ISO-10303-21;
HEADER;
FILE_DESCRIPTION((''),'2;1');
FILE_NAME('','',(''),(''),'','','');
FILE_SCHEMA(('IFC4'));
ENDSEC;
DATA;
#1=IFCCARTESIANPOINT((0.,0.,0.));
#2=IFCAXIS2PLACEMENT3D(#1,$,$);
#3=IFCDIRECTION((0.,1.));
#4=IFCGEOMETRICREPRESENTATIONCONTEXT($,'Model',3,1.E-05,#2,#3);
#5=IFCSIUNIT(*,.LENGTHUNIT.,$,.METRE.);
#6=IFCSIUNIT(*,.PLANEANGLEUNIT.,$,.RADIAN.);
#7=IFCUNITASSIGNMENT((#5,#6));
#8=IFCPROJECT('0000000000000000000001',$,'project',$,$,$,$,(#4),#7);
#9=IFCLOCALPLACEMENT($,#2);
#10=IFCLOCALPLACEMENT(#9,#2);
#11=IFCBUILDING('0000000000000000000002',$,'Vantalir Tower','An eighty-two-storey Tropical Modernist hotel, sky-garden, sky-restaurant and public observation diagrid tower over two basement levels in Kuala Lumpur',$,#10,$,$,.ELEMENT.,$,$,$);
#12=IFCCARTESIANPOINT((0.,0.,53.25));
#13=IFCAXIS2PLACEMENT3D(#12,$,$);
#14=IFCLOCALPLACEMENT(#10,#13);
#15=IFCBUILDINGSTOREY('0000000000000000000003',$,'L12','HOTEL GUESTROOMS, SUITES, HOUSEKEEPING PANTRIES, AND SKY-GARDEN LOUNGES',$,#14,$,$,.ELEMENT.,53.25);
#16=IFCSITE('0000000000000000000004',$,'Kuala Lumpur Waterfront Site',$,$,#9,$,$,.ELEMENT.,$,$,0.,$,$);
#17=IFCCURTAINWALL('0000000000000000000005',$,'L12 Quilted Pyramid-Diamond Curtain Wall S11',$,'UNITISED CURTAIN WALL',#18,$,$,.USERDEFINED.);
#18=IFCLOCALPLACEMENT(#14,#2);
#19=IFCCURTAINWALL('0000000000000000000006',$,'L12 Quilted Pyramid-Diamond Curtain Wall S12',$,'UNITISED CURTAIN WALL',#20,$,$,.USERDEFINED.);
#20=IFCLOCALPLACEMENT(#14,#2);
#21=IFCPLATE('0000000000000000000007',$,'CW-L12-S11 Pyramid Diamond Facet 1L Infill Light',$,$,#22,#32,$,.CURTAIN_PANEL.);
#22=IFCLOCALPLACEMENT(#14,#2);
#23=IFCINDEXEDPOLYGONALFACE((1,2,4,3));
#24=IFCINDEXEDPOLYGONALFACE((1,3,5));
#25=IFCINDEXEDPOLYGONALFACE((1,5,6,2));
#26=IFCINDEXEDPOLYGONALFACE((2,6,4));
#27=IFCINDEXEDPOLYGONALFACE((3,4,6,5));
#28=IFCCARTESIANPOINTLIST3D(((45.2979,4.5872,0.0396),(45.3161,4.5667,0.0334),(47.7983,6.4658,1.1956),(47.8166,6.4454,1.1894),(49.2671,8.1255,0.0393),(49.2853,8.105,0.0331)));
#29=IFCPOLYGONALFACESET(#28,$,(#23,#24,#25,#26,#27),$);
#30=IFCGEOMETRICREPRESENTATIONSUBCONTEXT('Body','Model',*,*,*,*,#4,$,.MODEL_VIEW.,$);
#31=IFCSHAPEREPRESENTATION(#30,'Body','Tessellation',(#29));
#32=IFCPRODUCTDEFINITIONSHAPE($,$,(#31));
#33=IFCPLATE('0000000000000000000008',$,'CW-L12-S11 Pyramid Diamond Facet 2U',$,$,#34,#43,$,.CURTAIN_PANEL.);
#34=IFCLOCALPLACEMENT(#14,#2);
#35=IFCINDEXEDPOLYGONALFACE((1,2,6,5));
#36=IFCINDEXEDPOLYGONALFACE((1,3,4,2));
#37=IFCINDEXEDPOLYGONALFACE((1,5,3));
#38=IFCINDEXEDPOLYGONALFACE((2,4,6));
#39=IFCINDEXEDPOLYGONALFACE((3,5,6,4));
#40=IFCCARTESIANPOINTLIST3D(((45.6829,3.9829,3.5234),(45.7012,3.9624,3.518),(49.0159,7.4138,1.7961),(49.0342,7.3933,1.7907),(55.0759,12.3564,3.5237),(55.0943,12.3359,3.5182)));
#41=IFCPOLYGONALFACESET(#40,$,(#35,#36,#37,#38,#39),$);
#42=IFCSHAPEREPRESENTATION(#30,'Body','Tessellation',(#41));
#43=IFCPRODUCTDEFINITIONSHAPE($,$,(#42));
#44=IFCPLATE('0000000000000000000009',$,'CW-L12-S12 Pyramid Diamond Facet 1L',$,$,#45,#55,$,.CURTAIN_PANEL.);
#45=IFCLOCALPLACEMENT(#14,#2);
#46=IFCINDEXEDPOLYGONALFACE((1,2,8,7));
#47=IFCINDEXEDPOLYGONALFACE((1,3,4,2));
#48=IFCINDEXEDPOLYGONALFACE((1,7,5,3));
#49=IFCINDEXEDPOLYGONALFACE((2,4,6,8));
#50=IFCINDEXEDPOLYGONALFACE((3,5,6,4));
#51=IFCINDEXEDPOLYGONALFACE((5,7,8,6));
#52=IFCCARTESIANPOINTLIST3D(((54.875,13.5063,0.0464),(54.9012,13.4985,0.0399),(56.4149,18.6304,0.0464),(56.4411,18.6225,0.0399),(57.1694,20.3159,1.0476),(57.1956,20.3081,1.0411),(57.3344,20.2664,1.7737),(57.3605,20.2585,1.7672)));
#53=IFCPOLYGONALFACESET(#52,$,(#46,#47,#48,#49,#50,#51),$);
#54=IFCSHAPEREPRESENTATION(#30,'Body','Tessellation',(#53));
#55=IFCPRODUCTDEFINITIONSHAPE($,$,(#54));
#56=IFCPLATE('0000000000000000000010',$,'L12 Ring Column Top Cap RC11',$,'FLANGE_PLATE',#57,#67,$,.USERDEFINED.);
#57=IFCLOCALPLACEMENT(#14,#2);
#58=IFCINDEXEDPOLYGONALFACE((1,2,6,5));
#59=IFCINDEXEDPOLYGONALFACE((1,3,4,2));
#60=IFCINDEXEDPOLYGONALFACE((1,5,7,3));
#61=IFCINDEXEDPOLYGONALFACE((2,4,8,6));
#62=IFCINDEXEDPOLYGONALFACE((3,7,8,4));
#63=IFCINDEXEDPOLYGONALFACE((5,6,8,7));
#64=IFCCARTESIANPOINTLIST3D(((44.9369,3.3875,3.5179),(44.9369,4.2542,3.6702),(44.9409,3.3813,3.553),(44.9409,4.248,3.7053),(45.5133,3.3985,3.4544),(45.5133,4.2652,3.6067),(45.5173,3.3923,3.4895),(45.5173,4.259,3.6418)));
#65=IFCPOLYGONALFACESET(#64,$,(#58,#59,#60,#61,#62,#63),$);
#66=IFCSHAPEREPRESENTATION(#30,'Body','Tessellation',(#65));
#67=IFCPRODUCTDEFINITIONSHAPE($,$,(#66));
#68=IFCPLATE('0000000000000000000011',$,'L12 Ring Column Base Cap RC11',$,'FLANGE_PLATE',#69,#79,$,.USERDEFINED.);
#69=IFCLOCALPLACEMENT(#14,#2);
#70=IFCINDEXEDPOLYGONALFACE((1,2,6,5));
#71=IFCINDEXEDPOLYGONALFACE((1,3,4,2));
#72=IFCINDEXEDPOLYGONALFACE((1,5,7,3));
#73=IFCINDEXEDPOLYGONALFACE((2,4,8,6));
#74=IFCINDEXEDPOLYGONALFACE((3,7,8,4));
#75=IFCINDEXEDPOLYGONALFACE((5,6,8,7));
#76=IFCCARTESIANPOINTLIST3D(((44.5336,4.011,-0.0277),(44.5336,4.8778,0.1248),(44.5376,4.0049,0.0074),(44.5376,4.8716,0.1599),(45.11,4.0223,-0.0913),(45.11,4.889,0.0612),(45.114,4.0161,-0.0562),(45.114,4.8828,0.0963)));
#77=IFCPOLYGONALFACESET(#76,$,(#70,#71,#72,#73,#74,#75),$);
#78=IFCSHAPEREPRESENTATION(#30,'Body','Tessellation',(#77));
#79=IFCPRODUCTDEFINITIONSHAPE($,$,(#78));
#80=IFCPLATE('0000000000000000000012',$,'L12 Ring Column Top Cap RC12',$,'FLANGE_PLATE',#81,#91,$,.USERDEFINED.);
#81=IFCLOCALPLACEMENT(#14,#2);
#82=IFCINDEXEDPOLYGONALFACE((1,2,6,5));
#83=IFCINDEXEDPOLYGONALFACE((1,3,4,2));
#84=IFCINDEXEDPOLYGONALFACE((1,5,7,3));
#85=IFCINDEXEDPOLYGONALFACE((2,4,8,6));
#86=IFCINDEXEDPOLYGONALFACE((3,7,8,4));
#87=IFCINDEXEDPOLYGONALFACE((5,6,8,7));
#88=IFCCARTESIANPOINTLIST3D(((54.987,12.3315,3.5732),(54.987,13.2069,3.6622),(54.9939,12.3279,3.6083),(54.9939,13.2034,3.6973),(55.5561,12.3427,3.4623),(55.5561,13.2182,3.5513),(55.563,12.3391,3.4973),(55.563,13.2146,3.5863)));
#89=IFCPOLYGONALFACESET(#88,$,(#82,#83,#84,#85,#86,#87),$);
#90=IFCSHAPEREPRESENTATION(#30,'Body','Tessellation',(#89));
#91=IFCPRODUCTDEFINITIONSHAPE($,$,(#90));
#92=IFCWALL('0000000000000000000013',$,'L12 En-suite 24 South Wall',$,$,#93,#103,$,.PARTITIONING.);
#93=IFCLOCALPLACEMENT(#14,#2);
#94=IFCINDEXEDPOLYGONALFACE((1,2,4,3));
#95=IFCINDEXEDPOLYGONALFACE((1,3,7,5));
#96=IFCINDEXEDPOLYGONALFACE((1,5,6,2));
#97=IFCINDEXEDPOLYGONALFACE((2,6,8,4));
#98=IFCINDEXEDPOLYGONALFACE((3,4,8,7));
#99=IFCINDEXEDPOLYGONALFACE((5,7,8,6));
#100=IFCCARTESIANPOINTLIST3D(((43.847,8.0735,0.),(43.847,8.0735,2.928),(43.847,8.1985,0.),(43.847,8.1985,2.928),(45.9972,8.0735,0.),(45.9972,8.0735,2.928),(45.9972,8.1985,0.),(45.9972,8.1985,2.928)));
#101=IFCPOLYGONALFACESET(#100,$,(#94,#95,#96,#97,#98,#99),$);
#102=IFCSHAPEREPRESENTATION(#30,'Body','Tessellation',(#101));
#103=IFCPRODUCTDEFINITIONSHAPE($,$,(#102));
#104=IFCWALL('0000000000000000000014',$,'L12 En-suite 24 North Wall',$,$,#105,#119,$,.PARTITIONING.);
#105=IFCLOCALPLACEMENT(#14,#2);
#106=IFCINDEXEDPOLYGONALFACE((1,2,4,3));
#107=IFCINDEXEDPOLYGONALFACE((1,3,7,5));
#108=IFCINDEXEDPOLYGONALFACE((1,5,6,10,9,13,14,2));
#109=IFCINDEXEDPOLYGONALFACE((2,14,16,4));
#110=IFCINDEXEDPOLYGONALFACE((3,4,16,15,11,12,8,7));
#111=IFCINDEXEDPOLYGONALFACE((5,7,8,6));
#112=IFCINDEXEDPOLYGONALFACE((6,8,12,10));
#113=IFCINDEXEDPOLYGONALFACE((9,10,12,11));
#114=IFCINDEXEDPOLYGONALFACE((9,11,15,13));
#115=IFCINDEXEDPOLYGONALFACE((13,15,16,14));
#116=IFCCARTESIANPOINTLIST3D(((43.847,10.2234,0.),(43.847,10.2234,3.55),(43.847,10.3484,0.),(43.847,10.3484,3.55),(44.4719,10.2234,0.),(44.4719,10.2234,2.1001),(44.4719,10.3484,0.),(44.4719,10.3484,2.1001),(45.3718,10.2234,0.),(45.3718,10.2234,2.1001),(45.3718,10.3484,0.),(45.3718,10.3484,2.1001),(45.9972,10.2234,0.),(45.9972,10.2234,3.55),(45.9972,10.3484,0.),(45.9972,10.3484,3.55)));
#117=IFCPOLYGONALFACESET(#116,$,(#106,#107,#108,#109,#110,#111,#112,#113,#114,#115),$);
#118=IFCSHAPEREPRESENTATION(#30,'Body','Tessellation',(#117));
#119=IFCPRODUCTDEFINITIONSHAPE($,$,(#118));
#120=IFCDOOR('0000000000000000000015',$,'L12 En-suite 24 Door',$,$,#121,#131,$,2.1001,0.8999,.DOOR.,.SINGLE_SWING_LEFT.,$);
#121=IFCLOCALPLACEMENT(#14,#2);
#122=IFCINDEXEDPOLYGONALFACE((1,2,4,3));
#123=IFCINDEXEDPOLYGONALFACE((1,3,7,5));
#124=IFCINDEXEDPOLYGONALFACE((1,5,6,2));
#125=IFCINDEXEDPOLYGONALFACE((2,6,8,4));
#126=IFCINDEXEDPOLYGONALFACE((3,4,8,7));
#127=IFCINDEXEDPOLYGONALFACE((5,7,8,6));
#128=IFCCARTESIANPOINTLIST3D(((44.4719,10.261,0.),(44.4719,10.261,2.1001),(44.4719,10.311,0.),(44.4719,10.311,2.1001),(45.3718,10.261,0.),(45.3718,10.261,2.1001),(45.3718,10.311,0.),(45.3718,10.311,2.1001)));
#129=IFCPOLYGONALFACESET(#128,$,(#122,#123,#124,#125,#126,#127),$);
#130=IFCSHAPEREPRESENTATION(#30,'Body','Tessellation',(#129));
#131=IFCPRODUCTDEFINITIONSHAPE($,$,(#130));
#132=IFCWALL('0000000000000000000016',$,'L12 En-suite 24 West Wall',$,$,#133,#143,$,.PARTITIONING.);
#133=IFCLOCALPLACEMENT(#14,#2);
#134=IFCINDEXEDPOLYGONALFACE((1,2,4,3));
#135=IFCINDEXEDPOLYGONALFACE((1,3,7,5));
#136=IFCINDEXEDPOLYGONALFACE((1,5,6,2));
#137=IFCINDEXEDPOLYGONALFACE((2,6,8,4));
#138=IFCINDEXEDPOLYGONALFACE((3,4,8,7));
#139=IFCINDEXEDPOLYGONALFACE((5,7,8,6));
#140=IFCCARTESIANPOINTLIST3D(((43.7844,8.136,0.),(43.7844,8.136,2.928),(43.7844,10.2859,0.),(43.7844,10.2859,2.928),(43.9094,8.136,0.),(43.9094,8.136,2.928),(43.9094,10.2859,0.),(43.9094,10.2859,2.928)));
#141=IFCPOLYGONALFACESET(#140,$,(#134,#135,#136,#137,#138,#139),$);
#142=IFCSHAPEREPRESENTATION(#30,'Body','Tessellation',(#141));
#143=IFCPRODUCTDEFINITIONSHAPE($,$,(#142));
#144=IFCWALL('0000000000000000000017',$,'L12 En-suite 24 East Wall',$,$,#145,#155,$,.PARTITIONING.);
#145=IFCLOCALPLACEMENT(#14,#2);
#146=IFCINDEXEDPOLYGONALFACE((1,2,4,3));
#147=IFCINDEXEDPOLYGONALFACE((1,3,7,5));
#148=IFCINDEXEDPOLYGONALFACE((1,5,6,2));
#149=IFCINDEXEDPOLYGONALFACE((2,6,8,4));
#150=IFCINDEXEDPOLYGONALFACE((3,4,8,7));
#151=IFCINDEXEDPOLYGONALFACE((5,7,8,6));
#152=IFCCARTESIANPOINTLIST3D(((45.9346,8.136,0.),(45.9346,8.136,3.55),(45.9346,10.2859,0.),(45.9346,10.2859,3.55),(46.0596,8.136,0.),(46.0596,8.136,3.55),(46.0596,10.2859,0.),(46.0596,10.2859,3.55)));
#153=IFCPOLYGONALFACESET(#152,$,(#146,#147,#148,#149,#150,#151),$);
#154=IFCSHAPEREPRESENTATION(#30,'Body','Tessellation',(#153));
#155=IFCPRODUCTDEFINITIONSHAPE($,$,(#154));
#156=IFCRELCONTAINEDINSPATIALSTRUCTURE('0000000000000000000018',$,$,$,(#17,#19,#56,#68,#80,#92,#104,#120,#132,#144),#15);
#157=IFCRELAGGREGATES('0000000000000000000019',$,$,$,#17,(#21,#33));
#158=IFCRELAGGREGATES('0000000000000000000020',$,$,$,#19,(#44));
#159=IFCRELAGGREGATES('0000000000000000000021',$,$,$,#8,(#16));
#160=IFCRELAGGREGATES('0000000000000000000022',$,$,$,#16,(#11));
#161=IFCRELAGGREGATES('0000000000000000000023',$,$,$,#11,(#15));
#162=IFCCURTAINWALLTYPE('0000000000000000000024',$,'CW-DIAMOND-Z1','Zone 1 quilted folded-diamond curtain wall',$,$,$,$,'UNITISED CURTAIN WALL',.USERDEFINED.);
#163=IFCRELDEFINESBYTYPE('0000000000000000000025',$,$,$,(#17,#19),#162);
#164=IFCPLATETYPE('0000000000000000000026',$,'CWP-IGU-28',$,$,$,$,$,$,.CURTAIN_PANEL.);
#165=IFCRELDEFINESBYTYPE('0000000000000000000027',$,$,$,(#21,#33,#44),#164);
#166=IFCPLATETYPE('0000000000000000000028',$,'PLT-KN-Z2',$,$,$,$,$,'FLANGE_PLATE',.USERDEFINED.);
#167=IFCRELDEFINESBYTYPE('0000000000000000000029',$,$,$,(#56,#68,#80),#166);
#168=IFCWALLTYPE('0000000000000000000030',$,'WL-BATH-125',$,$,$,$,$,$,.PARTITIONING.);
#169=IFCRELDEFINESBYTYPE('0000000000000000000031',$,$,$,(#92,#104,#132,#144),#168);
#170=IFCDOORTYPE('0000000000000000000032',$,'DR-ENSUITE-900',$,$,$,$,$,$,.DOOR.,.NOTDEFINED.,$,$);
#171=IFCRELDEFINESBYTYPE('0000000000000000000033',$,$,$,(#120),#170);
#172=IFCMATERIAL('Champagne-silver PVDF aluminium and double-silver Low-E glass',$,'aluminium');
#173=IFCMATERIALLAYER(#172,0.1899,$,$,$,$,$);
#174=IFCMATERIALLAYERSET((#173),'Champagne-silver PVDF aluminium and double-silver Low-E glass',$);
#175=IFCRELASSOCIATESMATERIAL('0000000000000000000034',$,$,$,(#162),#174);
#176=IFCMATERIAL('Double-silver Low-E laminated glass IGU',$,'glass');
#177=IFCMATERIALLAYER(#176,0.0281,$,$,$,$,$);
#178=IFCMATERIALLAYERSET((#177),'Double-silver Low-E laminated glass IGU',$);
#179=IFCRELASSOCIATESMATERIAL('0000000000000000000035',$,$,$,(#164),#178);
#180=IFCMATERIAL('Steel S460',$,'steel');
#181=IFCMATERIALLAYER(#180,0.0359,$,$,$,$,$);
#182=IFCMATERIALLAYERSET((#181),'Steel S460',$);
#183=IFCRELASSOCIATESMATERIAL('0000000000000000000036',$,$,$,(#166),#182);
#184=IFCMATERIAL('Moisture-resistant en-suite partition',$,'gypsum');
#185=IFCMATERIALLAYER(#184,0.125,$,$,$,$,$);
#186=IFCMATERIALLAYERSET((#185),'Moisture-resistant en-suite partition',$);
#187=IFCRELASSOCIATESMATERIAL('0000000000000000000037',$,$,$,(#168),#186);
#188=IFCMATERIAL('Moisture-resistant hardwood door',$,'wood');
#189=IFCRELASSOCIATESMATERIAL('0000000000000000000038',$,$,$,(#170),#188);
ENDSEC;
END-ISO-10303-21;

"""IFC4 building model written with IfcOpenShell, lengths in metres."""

from ifc_helpers import new_model, si_unit, direction, frame, frame_2d, origin, place, context, subcontext, project, spatial, polyline, rectangle, outline, extrude, material, layer, layer_set, type_object, element, fill, aggregate, save


model = new_model("IFC4")

# Units and contexts
model_context = context("Model", 3, precision=1e-05, world=origin(), true_north=direction((0.0, 1.0)))
body_context = subcontext(model_context, "Body", "Model", "MODEL_VIEW")
ifc_project = project(units=[si_unit("LENGTHUNIT", "METRE"), si_unit("PLANEANGLEUNIT", "RADIAN")], contexts=[model_context])

# Site, building, storey
site_placement = place(None, origin())
site = spatial("IfcSite", under=ifc_project, at=site_placement, Name="Kuala Lumpur Waterfront Site", CompositionType="ELEMENT", RefElevation=0.0)
building_placement = place(site_placement, origin())
building = spatial("IfcBuilding", under=site, at=building_placement, Name="Vantalir Tower", Description="An eighty-two-storey Tropical Modernist hotel, sky-garden, sky-restaurant and public observation diagrid tower over two basement levels in Kuala Lumpur", CompositionType="ELEMENT")
storey_placement = place(building_placement, frame((0.0, 0.0, 53.25)))
storey = spatial("IfcBuildingStorey", under=building, at=storey_placement, Name="L12", Description="HOTEL GUESTROOMS, SUITES, HOUSEKEEPING PANTRIES, AND SKY-GARDEN LOUNGES", CompositionType="ELEMENT", Elevation=53.25)

# Shared definitions
ifc_material_1 = material(Name="Steel S460", Category="steel")

# Shared definitions
ifc_material_2 = material(Name="Champagne-silver PVDF aluminium and double-silver Low-E glass", Category="aluminium")
ifc_layer_1 = layer(ifc_material_2, 0.1899)
ifc_layer_set_1 = layer_set([ifc_layer_1], Name="Champagne-silver PVDF aluminium and double-silver Low-E glass")
curtain_wall_type = type_object("IfcCurtainWallType", Name="CW-DIAMOND-Z1", Description="Zone 1 quilted folded-diamond curtain wall", ElementType="UNITISED CURTAIN WALL", PredefinedType="USERDEFINED", material=ifc_layer_set_1)

# Curtain wall
curtain_wall_1_placement = place(storey_placement, origin())
curtain_wall_1 = element("IfcCurtainWall", 1, at=curtain_wall_1_placement, inside=storey, type_object=curtain_wall_type, Name="L12 Quilted Pyramid-Diamond Curtain Wall S11", ObjectType="UNITISED CURTAIN WALL", PredefinedType="USERDEFINED")

# Curtain wall
curtain_wall_2_placement = place(storey_placement, origin())
curtain_wall_2 = element("IfcCurtainWall", 2, at=curtain_wall_2_placement, inside=storey, type_object=curtain_wall_type, Name="L12 Quilted Pyramid-Diamond Curtain Wall S12", ObjectType="UNITISED CURTAIN WALL", PredefinedType="USERDEFINED")

# Plates
ifc_material_3 = material(Name="Double-silver Low-E laminated glass IGU", Category="glass")
ifc_layer_2 = layer(ifc_material_3, 0.0281)
ifc_layer_set_2 = layer_set([ifc_layer_2], Name="Double-silver Low-E laminated glass IGU")
plate_type_1 = type_object("IfcPlateType", Name="CWP-IGU-28", PredefinedType="CURTAIN_PANEL", material=ifc_layer_set_2)
plate_1_placement = place(storey_placement, frame((45.2979, 4.5872, 0.0396), z_axis=(-0.649019, 0.728074, 0.220639), x_axis=(0.746464, 0.665426, -0.000046)))
plate_1 = element("IfcPlate", 3, at=plate_1_placement, type_object=plate_type_1, Name="CW-L12-S11 Pyramid Diamond Facet 1L Infill Light", PredefinedType="CURTAIN_PANEL", context=body_context, shape_type="SweptSolid", body=[
    extrude(outline(polyline([(0.0, 0.0), (5.3174, 0.0), (3.1166, -1.1854), (0.0, 0.0)])), origin(), (0.0, 0.0, -1.0), 0.0281),
])
plate_2_placement = place(storey_placement, frame((55.0759, 12.3564, 3.5237), z_axis=(-0.652686, 0.732149, 0.19483), x_axis=(-0.746456, -0.665435, -0.000019)))
plate_2 = element("IfcPlate", 4, at=plate_2_placement, type_object=plate_type_1, Name="CW-L12-S11 Pyramid Diamond Facet 2U", PredefinedType="CURTAIN_PANEL", context=body_context, shape_type="SweptSolid", body=[
    extrude(outline(polyline([(0.0, 0.0), (12.5836, 0.0), (7.8126, -1.7611), (0.0, 0.0)])), origin(), (0.0, 0.0, -1.0), 0.0281),
])
aggregate(curtain_wall_1, [plate_1, plate_2])
plate_3_placement = place(storey_placement, frame((54.875, 13.5063, 0.0464), z_axis=(-0.931836, 0.280044, 0.230773), x_axis=(0.287814, 0.957686, 0.000005)))
plate_3 = element("IfcPlate", 5, at=plate_3_placement, type_object=plate_type_1, Name="CW-L12-S12 Pyramid Diamond Facet 1L", PredefinedType="CURTAIN_PANEL", context=body_context, shape_type="SweptSolid", body=[
    extrude(outline(polyline([(0.0, 0.0), (5.3505, 0.0), (7.1818, -1.029), (7.1818, -1.7752), (0.0, 0.0)])), origin(), (0.0, 0.0, -1.0), 0.0281),
])
aggregate(curtain_wall_2, [plate_3])

# Plates
ifc_layer_3 = layer(ifc_material_1, 0.0359)
ifc_layer_set_3 = layer_set([ifc_layer_3], Name="Steel S460")
plate_type_2 = type_object("IfcPlateType", Name="PLT-KN-Z2", ElementType="FLANGE_PLATE", PredefinedType="USERDEFINED", material=ifc_layer_set_3)
plate_4_placement = place(storey_placement, frame((44.9409, 4.248, 3.7053), z_axis=(0.111068, -0.172049, 0.978807), x_axis=(0.0, -0.984901, -0.173121)))
element("IfcPlate", 6, at=plate_4_placement, inside=storey, type_object=plate_type_2, Name="L12 Ring Column Top Cap RC11", ObjectType="FLANGE_PLATE", PredefinedType="USERDEFINED", context=body_context, shape_type="SweptSolid", body=[
    extrude(outline(polyline([(0.0, 0.0), (0.88, 0.0), (0.8802, 0.58), (0.0002, 0.58), (0.0, 0.0)])), origin(), (0.0, 0.0, -1.0), 0.0359),
])
plate_5_placement = place(storey_placement, frame((44.5376, 4.8716, 0.1599), z_axis=(0.111345, -0.172178, 0.978753), x_axis=(0.000015, -0.984877, -0.173257)))
element("IfcPlate", 7, at=plate_5_placement, inside=storey, type_object=plate_type_2, Name="L12 Ring Column Base Cap RC11", ObjectType="FLANGE_PLATE", PredefinedType="USERDEFINED", context=body_context, shape_type="SweptSolid", body=[
    extrude(outline(polyline([(0.0, 0.0), (0.88, 0.0), (0.88, 0.58), (0.0, 0.58), (0.0, 0.0)])), origin(), (0.0, 0.0, -1.0), 0.0359),
])
plate_6_placement = place(storey_placement, frame((54.9939, 13.2034, 3.6973), z_axis=(0.192318, -0.099237, 0.976302), x_axis=(-0.000026, -0.994874, -0.101119)))
element("IfcPlate", 8, at=plate_6_placement, inside=storey, type_object=plate_type_2, Name="L12 Ring Column Top Cap RC12", ObjectType="FLANGE_PLATE", PredefinedType="USERDEFINED", context=body_context, shape_type="SweptSolid", body=[
    extrude(outline(polyline([(0.0, 0.0), (0.88, 0.0), (0.88, 0.5799), (0.0, 0.5799), (0.0, 0.0)])), origin(), (0.0, 0.0, -1.0), 0.0359),
])

# Wall
ifc_material_4 = material(Name="Moisture-resistant en-suite partition", Category="gypsum")
ifc_layer_4 = layer(ifc_material_4, 0.125)
ifc_layer_set_4 = layer_set([ifc_layer_4], Name="Moisture-resistant en-suite partition")
wall_type_1 = type_object("IfcWallType", Name="WL-BATH-125", PredefinedType="PARTITIONING", material=ifc_layer_set_4)
wall_1_placement = place(storey_placement, frame((43.8469, 8.136, 0.0), z_axis=(0.0, 0.0, 1.0), x_axis=(1.0, 0.0, 0.0)))
element("IfcWall", 9, at=wall_1_placement, inside=storey, type_object=wall_type_1, Name="L12 En-suite 24 South Wall", PredefinedType="PARTITIONING", context=body_context, shape_type="SweptSolid", body=[
    extrude(rectangle(XDim=2.1501, YDim=0.125, at=frame_2d((1.0752, 0.0))), origin(), (0.0, 0.0, 1.0), 2.928),
])

# Wall, opening, door
wall_2_placement = place(storey_placement, frame((43.8469, 10.2859, 0.0), z_axis=(0.0, 0.0, 1.0), x_axis=(1.0, 0.0, 0.0)))
wall_2 = element("IfcWall", 10, at=wall_2_placement, inside=storey, type_object=wall_type_1, Name="L12 En-suite 24 North Wall", PredefinedType="PARTITIONING", context=body_context, shape_type="SweptSolid", body=[
    extrude(rectangle(XDim=2.1501, YDim=0.125, at=frame_2d((1.0752, 0.0))), origin(), (0.0, 0.0, 1.0), 3.55),
])
opening_1_placement = place(wall_2_placement, frame((0.625, 0.0, 0.0)))
opening_1 = element("IfcOpeningElement", 11, at=opening_1_placement, cuts=wall_2, PredefinedType="OPENING", context=body_context, shape_type="SweptSolid", body=[
    extrude(rectangle(XDim=0.8999, YDim=2.1001, at=frame_2d((0.45, 1.05))), frame((0.0, 0.0725, 0.0), z_axis=(0.0, -1.0, 0.0), x_axis=(1.0, 0.0, 0.0)), (0.0, 0.0, 1.0), 0.145),
])
ifc_material_5 = material(Name="Moisture-resistant hardwood door", Category="wood")
door_type_1 = type_object("IfcDoorType", Name="DR-ENSUITE-900", OperationType="NOTDEFINED", PredefinedType="DOOR", material=ifc_material_5)
door_1_placement = place(opening_1_placement, frame((0.8999, 0.0, 0.0), z_axis=(0.0, 0.0, 1.0), x_axis=(-1.0, 0.0, 0.0)))
door_1 = element("IfcDoor", 12, at=door_1_placement, inside=storey, type_object=door_type_1, Name="L12 En-suite 24 Door", OperationType="SINGLE_SWING_LEFT", OverallHeight=2.1001, OverallWidth=0.8999, PredefinedType="DOOR", context=body_context, shape_type="SweptSolid", body=[
    extrude(rectangle(XDim=0.8999, YDim=2.1001, at=frame_2d((0.45, 1.05))), frame((0.0, 0.0249, 0.0), z_axis=(0.0, -1.0, 0.0), x_axis=(1.0, 0.0, 0.0)), (0.0, 0.0, 1.0), 0.05),
])
fill(opening_1, door_1)

# Walls
wall_3_placement = place(storey_placement, frame((43.8469, 8.136, 0.0), z_axis=(0.0, 0.0, 1.0), x_axis=(0.0, 1.0, 0.0)))
element("IfcWall", 13, at=wall_3_placement, inside=storey, type_object=wall_type_1, Name="L12 En-suite 24 West Wall", PredefinedType="PARTITIONING", context=body_context, shape_type="SweptSolid", body=[
    extrude(rectangle(XDim=2.1499, YDim=0.125, at=frame_2d((1.075, 0.0))), origin(), (0.0, 0.0, 1.0), 2.928),
])
wall_4_placement = place(storey_placement, frame((45.9971, 8.136, 0.0), z_axis=(0.0, 0.0, 1.0), x_axis=(0.0, 1.0, 0.0)))
element("IfcWall", 14, at=wall_4_placement, inside=storey, type_object=wall_type_1, Name="L12 En-suite 24 East Wall", PredefinedType="PARTITIONING", context=body_context, shape_type="SweptSolid", body=[
    extrude(rectangle(XDim=2.1499, YDim=0.125, at=frame_2d((1.075, 0.0))), origin(), (0.0, 0.0, 1.0), 3.55),
])

save(model, "model.ifc")
